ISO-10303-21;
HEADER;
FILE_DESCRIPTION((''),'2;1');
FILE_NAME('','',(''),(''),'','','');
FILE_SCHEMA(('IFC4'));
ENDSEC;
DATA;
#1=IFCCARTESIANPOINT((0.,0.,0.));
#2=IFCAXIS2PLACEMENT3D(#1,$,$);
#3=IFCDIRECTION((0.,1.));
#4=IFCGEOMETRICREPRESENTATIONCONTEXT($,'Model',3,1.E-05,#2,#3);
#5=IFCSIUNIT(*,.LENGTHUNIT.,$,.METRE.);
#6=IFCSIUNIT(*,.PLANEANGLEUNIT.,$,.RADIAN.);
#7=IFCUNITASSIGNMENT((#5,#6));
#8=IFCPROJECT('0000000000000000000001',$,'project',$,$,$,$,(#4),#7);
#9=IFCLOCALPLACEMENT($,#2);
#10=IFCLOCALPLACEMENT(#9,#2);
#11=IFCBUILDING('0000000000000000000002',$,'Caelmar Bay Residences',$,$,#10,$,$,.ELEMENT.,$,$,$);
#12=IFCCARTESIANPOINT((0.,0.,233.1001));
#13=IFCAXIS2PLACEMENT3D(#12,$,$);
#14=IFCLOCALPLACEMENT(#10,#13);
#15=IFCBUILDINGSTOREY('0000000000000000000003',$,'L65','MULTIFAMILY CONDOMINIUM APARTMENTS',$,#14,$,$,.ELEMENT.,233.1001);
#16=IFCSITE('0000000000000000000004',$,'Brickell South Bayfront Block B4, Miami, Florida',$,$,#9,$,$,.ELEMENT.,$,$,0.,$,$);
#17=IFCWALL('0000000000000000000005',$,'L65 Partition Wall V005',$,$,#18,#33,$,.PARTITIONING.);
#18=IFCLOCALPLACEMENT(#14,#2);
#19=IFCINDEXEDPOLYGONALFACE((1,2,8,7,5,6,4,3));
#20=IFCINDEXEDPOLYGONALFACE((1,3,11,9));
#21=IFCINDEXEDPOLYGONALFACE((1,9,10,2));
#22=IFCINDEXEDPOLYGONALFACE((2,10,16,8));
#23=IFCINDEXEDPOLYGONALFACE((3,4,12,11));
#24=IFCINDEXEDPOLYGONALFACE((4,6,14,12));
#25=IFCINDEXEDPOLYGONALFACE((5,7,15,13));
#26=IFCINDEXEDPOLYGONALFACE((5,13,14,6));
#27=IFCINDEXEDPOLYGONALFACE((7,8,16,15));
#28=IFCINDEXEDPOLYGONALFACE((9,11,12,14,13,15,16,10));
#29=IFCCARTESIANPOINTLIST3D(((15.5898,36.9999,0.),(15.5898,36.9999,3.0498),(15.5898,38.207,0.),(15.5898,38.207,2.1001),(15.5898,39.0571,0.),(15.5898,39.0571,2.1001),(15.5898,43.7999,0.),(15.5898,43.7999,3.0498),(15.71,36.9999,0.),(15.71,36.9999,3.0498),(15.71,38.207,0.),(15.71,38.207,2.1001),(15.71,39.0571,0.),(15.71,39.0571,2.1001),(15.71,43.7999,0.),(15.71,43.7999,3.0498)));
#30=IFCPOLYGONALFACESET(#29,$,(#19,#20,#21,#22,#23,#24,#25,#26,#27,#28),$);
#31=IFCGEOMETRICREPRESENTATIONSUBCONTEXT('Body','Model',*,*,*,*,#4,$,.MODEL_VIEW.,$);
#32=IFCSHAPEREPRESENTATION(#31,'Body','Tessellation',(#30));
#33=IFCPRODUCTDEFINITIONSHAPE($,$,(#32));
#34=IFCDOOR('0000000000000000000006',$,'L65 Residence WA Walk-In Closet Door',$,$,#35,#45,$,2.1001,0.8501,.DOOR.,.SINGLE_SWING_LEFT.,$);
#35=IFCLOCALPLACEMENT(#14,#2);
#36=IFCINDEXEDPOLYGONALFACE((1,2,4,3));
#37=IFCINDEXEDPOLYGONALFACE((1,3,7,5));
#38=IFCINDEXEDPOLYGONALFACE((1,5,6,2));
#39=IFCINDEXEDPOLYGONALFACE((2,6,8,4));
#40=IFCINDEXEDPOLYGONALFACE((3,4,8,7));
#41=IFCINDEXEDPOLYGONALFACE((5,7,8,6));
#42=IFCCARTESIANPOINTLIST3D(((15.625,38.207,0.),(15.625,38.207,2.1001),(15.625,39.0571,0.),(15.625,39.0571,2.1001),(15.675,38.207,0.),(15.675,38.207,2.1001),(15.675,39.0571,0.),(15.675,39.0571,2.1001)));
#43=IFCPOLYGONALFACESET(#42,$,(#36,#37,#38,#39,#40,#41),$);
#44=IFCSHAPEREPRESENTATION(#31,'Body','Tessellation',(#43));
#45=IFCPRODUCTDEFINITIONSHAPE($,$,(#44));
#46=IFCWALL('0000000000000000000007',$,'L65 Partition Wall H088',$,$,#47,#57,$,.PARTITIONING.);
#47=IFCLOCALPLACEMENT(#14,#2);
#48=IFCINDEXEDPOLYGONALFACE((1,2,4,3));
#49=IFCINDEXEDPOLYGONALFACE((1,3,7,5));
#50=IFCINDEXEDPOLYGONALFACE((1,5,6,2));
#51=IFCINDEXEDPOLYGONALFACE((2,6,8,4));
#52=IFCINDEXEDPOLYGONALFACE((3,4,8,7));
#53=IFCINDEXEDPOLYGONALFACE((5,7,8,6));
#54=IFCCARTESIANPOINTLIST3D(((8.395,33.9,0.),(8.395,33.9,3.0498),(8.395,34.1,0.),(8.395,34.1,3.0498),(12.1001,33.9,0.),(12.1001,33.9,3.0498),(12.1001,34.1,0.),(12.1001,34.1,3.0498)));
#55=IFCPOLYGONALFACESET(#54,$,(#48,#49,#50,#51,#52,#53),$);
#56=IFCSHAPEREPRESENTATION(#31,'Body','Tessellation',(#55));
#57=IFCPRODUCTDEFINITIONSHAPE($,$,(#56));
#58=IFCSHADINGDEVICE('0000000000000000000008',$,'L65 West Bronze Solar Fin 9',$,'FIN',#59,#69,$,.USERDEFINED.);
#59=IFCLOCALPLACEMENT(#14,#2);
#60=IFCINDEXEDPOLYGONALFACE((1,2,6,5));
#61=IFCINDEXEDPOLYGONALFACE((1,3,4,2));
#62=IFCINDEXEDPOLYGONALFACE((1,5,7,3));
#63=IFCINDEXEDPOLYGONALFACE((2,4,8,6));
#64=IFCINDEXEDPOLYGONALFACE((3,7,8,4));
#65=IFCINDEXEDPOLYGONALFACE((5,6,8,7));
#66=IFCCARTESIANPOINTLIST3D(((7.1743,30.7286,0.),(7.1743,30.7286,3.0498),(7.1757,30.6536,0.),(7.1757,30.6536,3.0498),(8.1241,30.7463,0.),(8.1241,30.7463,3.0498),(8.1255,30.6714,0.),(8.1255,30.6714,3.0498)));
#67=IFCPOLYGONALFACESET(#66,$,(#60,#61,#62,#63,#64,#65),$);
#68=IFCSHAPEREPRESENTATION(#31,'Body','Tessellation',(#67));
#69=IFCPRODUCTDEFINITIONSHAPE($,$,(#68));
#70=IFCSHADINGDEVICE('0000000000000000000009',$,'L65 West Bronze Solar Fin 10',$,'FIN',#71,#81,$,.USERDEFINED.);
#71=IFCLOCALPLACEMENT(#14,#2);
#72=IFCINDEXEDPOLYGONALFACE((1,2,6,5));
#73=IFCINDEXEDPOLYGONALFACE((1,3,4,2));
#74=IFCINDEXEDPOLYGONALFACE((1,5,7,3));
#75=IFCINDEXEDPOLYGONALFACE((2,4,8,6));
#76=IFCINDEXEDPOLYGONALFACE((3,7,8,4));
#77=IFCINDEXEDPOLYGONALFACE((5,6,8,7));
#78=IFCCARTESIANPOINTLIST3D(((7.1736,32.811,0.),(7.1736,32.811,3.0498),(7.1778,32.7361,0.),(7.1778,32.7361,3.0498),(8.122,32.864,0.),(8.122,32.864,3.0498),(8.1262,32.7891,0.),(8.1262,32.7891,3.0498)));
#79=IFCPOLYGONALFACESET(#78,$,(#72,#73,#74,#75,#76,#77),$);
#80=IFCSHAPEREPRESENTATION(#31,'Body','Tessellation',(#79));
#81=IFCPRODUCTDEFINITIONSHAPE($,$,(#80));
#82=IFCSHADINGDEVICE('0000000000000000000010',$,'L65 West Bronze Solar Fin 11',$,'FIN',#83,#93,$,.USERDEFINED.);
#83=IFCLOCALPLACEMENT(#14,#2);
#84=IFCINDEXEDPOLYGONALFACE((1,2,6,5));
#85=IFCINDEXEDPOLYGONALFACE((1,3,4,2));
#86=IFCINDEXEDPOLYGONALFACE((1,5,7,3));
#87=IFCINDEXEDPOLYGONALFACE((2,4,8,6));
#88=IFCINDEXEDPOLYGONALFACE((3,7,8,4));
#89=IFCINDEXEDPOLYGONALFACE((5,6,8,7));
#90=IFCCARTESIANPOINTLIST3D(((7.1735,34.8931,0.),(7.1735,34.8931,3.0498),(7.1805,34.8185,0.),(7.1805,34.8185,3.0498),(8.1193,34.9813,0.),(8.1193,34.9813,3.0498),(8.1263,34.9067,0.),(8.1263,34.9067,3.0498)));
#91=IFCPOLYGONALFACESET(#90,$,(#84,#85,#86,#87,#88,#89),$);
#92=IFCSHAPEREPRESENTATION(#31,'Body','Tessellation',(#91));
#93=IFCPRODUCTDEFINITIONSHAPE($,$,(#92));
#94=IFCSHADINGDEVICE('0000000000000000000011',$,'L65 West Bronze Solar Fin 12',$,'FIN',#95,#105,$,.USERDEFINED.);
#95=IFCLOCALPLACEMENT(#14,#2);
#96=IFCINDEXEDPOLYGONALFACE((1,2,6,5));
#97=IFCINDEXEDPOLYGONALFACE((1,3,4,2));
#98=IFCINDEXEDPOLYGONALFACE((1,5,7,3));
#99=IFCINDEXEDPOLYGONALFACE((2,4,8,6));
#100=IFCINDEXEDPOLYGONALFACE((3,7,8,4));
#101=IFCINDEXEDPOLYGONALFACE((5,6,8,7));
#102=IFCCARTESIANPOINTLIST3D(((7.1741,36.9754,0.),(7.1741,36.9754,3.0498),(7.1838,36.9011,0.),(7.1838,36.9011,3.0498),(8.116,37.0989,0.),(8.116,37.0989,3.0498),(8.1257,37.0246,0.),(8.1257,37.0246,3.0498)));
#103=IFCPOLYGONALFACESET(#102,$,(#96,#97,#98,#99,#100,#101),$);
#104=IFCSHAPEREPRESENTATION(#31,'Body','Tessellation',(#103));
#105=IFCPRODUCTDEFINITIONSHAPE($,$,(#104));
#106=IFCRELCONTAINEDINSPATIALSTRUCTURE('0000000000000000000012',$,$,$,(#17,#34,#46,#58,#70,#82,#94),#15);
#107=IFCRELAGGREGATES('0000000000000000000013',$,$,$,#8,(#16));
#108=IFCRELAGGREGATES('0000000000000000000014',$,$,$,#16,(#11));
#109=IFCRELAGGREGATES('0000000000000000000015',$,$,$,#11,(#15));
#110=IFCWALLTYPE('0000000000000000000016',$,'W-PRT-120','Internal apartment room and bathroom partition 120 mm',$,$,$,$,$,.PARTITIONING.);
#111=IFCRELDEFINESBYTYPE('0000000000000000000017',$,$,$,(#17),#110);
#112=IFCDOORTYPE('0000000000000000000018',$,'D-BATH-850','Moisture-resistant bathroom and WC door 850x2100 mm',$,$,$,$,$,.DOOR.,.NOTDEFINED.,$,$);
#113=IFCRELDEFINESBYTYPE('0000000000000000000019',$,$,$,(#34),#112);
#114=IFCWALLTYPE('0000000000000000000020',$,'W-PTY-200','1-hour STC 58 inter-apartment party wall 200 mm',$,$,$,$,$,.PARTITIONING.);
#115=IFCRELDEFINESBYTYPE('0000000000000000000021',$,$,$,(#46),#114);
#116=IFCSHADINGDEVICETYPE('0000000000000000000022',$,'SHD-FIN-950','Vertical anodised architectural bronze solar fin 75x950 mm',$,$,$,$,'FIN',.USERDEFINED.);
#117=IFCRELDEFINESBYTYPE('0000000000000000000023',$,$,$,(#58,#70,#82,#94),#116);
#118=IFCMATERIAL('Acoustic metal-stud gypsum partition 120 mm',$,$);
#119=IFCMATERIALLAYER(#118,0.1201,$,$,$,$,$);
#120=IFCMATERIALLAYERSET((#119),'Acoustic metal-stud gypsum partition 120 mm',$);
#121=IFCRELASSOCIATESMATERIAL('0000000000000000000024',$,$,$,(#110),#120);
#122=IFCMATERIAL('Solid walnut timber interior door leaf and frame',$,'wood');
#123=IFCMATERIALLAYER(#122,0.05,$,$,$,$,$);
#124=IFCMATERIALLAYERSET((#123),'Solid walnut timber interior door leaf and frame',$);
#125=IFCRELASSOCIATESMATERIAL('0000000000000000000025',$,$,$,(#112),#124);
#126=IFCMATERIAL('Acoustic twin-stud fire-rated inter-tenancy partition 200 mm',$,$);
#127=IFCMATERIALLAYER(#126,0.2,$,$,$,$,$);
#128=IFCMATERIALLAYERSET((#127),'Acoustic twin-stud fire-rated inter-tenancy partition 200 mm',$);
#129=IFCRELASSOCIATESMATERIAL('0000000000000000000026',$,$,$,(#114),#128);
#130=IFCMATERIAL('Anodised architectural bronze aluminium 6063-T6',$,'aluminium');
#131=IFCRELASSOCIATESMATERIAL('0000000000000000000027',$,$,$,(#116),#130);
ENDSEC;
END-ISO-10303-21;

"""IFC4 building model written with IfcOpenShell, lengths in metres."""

from ifc_helpers import new_model, si_unit, direction, frame, frame_2d, origin, origin_2d, place, context, subcontext, project, spatial, rectangle, extrude, material, layer, layer_set, material_profile, profile_set, type_object, element, fill, save


model = new_model("IFC4")

# Units and contexts
model_context = context("Model", 3, precision=1e-05, world=origin(), true_north=direction((0.0, 1.0)))
body_context = subcontext(model_context, "Body", "Model", "MODEL_VIEW")
ifc_project = project(units=[si_unit("LENGTHUNIT", "METRE"), si_unit("PLANEANGLEUNIT", "RADIAN")], contexts=[model_context])

# Site, building, storey
site_placement = place(None, origin())
site = spatial("IfcSite", under=ifc_project, at=site_placement, Name="Brickell South Bayfront Block B4, Miami, Florida", CompositionType="ELEMENT", RefElevation=0.0)
building_placement = place(site_placement, origin())
building = spatial("IfcBuilding", under=site, at=building_placement, Name="Caelmar Bay Residences", CompositionType="ELEMENT")
storey_placement = place(building_placement, frame((0.0, 0.0, 233.1001)))
storey = spatial("IfcBuildingStorey", under=building, at=storey_placement, Name="L65", Description="MULTIFAMILY CONDOMINIUM APARTMENTS", CompositionType="ELEMENT", Elevation=233.1001)

# Shared definitions
ifc_material_1 = material(Name="Acoustic metal-stud gypsum partition 120 mm")
ifc_layer_1 = layer(ifc_material_1, 0.1201)
ifc_layer_set_1 = layer_set([ifc_layer_1], Name="Acoustic metal-stud gypsum partition 120 mm")
wall_type_1 = type_object("IfcWallType", Name="W-PRT-120", Description="Internal apartment room and bathroom partition 120 mm", PredefinedType="PARTITIONING", material=ifc_layer_set_1)
ifc_material_2 = material(Name="Solid walnut timber interior door leaf and frame", Category="wood")

# Wall, opening, door
wall_1_placement = place(storey_placement, frame((15.6499, 37.0, 0.0), z_axis=(0.0, 0.0, 1.0), x_axis=(0.0, 1.0, 0.0)))
wall_1 = element("IfcWall", 1, at=wall_1_placement, inside=storey, type_object=wall_type_1, Name="L65 Partition Wall V005", PredefinedType="PARTITIONING", context=body_context, shape_type="SweptSolid", body=[
    extrude(rectangle(XDim=6.8, YDim=0.1201, at=frame_2d((3.3999, 0.0))), origin(), (0.0, 0.0, 1.0), 3.0498),
])
opening_1_placement = place(wall_1_placement, frame((1.207, 0.0, 0.0)))
opening_1 = element("IfcOpeningElement", 2, at=opening_1_placement, cuts=wall_1, PredefinedType="OPENING", context=body_context, shape_type="SweptSolid", body=[
    extrude(rectangle(XDim=0.8501, YDim=2.1001, at=frame_2d((0.425, 1.05))), frame((0.0, 0.0701, 0.0), z_axis=(0.0, -1.0, 0.0), x_axis=(1.0, 0.0, 0.0)), (0.0, 0.0, 1.0), 0.1401),
])
ifc_layer_2 = layer(ifc_material_2, 0.05)
ifc_layer_set_2 = layer_set([ifc_layer_2], Name="Solid walnut timber interior door leaf and frame")
door_type_1 = type_object("IfcDoorType", Name="D-BATH-850", Description="Moisture-resistant bathroom and WC door 850x2100 mm", OperationType="NOTDEFINED", PredefinedType="DOOR", material=ifc_layer_set_2)
door_1_placement = place(opening_1_placement, origin())
door_1 = element("IfcDoor", 3, at=door_1_placement, inside=storey, type_object=door_type_1, Name="L65 Residence WA Walk-In Closet Door", OperationType="SINGLE_SWING_LEFT", OverallHeight=2.1001, OverallWidth=0.8501, PredefinedType="DOOR", context=body_context, shape_type="SweptSolid", body=[
    extrude(rectangle(XDim=0.8501, YDim=2.1001, at=frame_2d((0.425, 1.05))), frame((0.0, 0.0249, 0.0), z_axis=(0.0, -1.0, 0.0), x_axis=(1.0, 0.0, 0.0)), (0.0, 0.0, 1.0), 0.05),
])
fill(opening_1, door_1)

# Wall
ifc_material_3 = material(Name="Acoustic twin-stud fire-rated inter-tenancy partition 200 mm")
ifc_layer_3 = layer(ifc_material_3, 0.2)
ifc_layer_set_3 = layer_set([ifc_layer_3], Name="Acoustic twin-stud fire-rated inter-tenancy partition 200 mm")
wall_type_2 = type_object("IfcWallType", Name="W-PTY-200", Description="1-hour STC 58 inter-apartment party wall 200 mm", PredefinedType="PARTITIONING", material=ifc_layer_set_3)
wall_2_placement = place(storey_placement, frame((8.395, 34.0, 0.0), z_axis=(0.0, 0.0, 1.0), x_axis=(1.0, 0.0, 0.0)))
element("IfcWall", 4, at=wall_2_placement, inside=storey, type_object=wall_type_2, Name="L65 Partition Wall H088", PredefinedType="PARTITIONING", context=body_context, shape_type="SweptSolid", body=[
    extrude(rectangle(XDim=3.7051, YDim=0.2, at=frame_2d((1.8525, 0.0))), origin(), (0.0, 0.0, 1.0), 3.0498),
])

# Shading devices
ifc_material_4 = material(Name="Anodised architectural bronze aluminium 6063-T6", Category="aluminium")
ifc_material_profile_1 = material_profile(ifc_material_4, rectangle(XDim=0.075, YDim=0.95, at=origin_2d()), Name="BRONZE-FIN-75X950")
ifc_profile_set_1 = profile_set([ifc_material_profile_1], Name="Anodised architectural bronze aluminium 6063-T6")
shading_device_type = type_object("IfcShadingDeviceType", Name="SHD-FIN-950", Description="Vertical anodised architectural bronze solar fin 75x950 mm", ElementType="FIN", PredefinedType="USERDEFINED", material=ifc_profile_set_1)
for number, where, z_axis, x_axis, name in (
    (5, (7.6499, 30.7, 0.0), (0.0, 0.0, 1.0), (-0.018674, 0.999826, 0.0), "L65 West Bronze Solar Fin 9"),
    (6, (7.6499, 32.8, 0.0), (0.0, 0.0, 1.0), (-0.055822, 0.998441, 0.0), "L65 West Bronze Solar Fin 10"),
    (7, (7.6499, 34.8999, 0.0), (0.0, 0.0, 1.0), (-0.092892, 0.995676, 0.0), "L65 West Bronze Solar Fin 11"),
    (8, (7.6499, 37.0, 0.0), (0.0, 0.0, 1.0), (-0.130007, 0.991513, 0.0), "L65 West Bronze Solar Fin 12"),
):
    element("IfcShadingDevice", number, at=place(storey_placement, frame(where, z_axis=z_axis, x_axis=x_axis)), inside=storey, type_object=shading_device_type, Name=name, ObjectType="FIN", PredefinedType="USERDEFINED", context=body_context, shape_type="SweptSolid", body=[
        extrude(rectangle(XDim=0.075, YDim=0.95, at=origin_2d()), origin(), (0.0, 0.0, 1.0), 3.0498),
    ])

save(model, "model.ifc")
